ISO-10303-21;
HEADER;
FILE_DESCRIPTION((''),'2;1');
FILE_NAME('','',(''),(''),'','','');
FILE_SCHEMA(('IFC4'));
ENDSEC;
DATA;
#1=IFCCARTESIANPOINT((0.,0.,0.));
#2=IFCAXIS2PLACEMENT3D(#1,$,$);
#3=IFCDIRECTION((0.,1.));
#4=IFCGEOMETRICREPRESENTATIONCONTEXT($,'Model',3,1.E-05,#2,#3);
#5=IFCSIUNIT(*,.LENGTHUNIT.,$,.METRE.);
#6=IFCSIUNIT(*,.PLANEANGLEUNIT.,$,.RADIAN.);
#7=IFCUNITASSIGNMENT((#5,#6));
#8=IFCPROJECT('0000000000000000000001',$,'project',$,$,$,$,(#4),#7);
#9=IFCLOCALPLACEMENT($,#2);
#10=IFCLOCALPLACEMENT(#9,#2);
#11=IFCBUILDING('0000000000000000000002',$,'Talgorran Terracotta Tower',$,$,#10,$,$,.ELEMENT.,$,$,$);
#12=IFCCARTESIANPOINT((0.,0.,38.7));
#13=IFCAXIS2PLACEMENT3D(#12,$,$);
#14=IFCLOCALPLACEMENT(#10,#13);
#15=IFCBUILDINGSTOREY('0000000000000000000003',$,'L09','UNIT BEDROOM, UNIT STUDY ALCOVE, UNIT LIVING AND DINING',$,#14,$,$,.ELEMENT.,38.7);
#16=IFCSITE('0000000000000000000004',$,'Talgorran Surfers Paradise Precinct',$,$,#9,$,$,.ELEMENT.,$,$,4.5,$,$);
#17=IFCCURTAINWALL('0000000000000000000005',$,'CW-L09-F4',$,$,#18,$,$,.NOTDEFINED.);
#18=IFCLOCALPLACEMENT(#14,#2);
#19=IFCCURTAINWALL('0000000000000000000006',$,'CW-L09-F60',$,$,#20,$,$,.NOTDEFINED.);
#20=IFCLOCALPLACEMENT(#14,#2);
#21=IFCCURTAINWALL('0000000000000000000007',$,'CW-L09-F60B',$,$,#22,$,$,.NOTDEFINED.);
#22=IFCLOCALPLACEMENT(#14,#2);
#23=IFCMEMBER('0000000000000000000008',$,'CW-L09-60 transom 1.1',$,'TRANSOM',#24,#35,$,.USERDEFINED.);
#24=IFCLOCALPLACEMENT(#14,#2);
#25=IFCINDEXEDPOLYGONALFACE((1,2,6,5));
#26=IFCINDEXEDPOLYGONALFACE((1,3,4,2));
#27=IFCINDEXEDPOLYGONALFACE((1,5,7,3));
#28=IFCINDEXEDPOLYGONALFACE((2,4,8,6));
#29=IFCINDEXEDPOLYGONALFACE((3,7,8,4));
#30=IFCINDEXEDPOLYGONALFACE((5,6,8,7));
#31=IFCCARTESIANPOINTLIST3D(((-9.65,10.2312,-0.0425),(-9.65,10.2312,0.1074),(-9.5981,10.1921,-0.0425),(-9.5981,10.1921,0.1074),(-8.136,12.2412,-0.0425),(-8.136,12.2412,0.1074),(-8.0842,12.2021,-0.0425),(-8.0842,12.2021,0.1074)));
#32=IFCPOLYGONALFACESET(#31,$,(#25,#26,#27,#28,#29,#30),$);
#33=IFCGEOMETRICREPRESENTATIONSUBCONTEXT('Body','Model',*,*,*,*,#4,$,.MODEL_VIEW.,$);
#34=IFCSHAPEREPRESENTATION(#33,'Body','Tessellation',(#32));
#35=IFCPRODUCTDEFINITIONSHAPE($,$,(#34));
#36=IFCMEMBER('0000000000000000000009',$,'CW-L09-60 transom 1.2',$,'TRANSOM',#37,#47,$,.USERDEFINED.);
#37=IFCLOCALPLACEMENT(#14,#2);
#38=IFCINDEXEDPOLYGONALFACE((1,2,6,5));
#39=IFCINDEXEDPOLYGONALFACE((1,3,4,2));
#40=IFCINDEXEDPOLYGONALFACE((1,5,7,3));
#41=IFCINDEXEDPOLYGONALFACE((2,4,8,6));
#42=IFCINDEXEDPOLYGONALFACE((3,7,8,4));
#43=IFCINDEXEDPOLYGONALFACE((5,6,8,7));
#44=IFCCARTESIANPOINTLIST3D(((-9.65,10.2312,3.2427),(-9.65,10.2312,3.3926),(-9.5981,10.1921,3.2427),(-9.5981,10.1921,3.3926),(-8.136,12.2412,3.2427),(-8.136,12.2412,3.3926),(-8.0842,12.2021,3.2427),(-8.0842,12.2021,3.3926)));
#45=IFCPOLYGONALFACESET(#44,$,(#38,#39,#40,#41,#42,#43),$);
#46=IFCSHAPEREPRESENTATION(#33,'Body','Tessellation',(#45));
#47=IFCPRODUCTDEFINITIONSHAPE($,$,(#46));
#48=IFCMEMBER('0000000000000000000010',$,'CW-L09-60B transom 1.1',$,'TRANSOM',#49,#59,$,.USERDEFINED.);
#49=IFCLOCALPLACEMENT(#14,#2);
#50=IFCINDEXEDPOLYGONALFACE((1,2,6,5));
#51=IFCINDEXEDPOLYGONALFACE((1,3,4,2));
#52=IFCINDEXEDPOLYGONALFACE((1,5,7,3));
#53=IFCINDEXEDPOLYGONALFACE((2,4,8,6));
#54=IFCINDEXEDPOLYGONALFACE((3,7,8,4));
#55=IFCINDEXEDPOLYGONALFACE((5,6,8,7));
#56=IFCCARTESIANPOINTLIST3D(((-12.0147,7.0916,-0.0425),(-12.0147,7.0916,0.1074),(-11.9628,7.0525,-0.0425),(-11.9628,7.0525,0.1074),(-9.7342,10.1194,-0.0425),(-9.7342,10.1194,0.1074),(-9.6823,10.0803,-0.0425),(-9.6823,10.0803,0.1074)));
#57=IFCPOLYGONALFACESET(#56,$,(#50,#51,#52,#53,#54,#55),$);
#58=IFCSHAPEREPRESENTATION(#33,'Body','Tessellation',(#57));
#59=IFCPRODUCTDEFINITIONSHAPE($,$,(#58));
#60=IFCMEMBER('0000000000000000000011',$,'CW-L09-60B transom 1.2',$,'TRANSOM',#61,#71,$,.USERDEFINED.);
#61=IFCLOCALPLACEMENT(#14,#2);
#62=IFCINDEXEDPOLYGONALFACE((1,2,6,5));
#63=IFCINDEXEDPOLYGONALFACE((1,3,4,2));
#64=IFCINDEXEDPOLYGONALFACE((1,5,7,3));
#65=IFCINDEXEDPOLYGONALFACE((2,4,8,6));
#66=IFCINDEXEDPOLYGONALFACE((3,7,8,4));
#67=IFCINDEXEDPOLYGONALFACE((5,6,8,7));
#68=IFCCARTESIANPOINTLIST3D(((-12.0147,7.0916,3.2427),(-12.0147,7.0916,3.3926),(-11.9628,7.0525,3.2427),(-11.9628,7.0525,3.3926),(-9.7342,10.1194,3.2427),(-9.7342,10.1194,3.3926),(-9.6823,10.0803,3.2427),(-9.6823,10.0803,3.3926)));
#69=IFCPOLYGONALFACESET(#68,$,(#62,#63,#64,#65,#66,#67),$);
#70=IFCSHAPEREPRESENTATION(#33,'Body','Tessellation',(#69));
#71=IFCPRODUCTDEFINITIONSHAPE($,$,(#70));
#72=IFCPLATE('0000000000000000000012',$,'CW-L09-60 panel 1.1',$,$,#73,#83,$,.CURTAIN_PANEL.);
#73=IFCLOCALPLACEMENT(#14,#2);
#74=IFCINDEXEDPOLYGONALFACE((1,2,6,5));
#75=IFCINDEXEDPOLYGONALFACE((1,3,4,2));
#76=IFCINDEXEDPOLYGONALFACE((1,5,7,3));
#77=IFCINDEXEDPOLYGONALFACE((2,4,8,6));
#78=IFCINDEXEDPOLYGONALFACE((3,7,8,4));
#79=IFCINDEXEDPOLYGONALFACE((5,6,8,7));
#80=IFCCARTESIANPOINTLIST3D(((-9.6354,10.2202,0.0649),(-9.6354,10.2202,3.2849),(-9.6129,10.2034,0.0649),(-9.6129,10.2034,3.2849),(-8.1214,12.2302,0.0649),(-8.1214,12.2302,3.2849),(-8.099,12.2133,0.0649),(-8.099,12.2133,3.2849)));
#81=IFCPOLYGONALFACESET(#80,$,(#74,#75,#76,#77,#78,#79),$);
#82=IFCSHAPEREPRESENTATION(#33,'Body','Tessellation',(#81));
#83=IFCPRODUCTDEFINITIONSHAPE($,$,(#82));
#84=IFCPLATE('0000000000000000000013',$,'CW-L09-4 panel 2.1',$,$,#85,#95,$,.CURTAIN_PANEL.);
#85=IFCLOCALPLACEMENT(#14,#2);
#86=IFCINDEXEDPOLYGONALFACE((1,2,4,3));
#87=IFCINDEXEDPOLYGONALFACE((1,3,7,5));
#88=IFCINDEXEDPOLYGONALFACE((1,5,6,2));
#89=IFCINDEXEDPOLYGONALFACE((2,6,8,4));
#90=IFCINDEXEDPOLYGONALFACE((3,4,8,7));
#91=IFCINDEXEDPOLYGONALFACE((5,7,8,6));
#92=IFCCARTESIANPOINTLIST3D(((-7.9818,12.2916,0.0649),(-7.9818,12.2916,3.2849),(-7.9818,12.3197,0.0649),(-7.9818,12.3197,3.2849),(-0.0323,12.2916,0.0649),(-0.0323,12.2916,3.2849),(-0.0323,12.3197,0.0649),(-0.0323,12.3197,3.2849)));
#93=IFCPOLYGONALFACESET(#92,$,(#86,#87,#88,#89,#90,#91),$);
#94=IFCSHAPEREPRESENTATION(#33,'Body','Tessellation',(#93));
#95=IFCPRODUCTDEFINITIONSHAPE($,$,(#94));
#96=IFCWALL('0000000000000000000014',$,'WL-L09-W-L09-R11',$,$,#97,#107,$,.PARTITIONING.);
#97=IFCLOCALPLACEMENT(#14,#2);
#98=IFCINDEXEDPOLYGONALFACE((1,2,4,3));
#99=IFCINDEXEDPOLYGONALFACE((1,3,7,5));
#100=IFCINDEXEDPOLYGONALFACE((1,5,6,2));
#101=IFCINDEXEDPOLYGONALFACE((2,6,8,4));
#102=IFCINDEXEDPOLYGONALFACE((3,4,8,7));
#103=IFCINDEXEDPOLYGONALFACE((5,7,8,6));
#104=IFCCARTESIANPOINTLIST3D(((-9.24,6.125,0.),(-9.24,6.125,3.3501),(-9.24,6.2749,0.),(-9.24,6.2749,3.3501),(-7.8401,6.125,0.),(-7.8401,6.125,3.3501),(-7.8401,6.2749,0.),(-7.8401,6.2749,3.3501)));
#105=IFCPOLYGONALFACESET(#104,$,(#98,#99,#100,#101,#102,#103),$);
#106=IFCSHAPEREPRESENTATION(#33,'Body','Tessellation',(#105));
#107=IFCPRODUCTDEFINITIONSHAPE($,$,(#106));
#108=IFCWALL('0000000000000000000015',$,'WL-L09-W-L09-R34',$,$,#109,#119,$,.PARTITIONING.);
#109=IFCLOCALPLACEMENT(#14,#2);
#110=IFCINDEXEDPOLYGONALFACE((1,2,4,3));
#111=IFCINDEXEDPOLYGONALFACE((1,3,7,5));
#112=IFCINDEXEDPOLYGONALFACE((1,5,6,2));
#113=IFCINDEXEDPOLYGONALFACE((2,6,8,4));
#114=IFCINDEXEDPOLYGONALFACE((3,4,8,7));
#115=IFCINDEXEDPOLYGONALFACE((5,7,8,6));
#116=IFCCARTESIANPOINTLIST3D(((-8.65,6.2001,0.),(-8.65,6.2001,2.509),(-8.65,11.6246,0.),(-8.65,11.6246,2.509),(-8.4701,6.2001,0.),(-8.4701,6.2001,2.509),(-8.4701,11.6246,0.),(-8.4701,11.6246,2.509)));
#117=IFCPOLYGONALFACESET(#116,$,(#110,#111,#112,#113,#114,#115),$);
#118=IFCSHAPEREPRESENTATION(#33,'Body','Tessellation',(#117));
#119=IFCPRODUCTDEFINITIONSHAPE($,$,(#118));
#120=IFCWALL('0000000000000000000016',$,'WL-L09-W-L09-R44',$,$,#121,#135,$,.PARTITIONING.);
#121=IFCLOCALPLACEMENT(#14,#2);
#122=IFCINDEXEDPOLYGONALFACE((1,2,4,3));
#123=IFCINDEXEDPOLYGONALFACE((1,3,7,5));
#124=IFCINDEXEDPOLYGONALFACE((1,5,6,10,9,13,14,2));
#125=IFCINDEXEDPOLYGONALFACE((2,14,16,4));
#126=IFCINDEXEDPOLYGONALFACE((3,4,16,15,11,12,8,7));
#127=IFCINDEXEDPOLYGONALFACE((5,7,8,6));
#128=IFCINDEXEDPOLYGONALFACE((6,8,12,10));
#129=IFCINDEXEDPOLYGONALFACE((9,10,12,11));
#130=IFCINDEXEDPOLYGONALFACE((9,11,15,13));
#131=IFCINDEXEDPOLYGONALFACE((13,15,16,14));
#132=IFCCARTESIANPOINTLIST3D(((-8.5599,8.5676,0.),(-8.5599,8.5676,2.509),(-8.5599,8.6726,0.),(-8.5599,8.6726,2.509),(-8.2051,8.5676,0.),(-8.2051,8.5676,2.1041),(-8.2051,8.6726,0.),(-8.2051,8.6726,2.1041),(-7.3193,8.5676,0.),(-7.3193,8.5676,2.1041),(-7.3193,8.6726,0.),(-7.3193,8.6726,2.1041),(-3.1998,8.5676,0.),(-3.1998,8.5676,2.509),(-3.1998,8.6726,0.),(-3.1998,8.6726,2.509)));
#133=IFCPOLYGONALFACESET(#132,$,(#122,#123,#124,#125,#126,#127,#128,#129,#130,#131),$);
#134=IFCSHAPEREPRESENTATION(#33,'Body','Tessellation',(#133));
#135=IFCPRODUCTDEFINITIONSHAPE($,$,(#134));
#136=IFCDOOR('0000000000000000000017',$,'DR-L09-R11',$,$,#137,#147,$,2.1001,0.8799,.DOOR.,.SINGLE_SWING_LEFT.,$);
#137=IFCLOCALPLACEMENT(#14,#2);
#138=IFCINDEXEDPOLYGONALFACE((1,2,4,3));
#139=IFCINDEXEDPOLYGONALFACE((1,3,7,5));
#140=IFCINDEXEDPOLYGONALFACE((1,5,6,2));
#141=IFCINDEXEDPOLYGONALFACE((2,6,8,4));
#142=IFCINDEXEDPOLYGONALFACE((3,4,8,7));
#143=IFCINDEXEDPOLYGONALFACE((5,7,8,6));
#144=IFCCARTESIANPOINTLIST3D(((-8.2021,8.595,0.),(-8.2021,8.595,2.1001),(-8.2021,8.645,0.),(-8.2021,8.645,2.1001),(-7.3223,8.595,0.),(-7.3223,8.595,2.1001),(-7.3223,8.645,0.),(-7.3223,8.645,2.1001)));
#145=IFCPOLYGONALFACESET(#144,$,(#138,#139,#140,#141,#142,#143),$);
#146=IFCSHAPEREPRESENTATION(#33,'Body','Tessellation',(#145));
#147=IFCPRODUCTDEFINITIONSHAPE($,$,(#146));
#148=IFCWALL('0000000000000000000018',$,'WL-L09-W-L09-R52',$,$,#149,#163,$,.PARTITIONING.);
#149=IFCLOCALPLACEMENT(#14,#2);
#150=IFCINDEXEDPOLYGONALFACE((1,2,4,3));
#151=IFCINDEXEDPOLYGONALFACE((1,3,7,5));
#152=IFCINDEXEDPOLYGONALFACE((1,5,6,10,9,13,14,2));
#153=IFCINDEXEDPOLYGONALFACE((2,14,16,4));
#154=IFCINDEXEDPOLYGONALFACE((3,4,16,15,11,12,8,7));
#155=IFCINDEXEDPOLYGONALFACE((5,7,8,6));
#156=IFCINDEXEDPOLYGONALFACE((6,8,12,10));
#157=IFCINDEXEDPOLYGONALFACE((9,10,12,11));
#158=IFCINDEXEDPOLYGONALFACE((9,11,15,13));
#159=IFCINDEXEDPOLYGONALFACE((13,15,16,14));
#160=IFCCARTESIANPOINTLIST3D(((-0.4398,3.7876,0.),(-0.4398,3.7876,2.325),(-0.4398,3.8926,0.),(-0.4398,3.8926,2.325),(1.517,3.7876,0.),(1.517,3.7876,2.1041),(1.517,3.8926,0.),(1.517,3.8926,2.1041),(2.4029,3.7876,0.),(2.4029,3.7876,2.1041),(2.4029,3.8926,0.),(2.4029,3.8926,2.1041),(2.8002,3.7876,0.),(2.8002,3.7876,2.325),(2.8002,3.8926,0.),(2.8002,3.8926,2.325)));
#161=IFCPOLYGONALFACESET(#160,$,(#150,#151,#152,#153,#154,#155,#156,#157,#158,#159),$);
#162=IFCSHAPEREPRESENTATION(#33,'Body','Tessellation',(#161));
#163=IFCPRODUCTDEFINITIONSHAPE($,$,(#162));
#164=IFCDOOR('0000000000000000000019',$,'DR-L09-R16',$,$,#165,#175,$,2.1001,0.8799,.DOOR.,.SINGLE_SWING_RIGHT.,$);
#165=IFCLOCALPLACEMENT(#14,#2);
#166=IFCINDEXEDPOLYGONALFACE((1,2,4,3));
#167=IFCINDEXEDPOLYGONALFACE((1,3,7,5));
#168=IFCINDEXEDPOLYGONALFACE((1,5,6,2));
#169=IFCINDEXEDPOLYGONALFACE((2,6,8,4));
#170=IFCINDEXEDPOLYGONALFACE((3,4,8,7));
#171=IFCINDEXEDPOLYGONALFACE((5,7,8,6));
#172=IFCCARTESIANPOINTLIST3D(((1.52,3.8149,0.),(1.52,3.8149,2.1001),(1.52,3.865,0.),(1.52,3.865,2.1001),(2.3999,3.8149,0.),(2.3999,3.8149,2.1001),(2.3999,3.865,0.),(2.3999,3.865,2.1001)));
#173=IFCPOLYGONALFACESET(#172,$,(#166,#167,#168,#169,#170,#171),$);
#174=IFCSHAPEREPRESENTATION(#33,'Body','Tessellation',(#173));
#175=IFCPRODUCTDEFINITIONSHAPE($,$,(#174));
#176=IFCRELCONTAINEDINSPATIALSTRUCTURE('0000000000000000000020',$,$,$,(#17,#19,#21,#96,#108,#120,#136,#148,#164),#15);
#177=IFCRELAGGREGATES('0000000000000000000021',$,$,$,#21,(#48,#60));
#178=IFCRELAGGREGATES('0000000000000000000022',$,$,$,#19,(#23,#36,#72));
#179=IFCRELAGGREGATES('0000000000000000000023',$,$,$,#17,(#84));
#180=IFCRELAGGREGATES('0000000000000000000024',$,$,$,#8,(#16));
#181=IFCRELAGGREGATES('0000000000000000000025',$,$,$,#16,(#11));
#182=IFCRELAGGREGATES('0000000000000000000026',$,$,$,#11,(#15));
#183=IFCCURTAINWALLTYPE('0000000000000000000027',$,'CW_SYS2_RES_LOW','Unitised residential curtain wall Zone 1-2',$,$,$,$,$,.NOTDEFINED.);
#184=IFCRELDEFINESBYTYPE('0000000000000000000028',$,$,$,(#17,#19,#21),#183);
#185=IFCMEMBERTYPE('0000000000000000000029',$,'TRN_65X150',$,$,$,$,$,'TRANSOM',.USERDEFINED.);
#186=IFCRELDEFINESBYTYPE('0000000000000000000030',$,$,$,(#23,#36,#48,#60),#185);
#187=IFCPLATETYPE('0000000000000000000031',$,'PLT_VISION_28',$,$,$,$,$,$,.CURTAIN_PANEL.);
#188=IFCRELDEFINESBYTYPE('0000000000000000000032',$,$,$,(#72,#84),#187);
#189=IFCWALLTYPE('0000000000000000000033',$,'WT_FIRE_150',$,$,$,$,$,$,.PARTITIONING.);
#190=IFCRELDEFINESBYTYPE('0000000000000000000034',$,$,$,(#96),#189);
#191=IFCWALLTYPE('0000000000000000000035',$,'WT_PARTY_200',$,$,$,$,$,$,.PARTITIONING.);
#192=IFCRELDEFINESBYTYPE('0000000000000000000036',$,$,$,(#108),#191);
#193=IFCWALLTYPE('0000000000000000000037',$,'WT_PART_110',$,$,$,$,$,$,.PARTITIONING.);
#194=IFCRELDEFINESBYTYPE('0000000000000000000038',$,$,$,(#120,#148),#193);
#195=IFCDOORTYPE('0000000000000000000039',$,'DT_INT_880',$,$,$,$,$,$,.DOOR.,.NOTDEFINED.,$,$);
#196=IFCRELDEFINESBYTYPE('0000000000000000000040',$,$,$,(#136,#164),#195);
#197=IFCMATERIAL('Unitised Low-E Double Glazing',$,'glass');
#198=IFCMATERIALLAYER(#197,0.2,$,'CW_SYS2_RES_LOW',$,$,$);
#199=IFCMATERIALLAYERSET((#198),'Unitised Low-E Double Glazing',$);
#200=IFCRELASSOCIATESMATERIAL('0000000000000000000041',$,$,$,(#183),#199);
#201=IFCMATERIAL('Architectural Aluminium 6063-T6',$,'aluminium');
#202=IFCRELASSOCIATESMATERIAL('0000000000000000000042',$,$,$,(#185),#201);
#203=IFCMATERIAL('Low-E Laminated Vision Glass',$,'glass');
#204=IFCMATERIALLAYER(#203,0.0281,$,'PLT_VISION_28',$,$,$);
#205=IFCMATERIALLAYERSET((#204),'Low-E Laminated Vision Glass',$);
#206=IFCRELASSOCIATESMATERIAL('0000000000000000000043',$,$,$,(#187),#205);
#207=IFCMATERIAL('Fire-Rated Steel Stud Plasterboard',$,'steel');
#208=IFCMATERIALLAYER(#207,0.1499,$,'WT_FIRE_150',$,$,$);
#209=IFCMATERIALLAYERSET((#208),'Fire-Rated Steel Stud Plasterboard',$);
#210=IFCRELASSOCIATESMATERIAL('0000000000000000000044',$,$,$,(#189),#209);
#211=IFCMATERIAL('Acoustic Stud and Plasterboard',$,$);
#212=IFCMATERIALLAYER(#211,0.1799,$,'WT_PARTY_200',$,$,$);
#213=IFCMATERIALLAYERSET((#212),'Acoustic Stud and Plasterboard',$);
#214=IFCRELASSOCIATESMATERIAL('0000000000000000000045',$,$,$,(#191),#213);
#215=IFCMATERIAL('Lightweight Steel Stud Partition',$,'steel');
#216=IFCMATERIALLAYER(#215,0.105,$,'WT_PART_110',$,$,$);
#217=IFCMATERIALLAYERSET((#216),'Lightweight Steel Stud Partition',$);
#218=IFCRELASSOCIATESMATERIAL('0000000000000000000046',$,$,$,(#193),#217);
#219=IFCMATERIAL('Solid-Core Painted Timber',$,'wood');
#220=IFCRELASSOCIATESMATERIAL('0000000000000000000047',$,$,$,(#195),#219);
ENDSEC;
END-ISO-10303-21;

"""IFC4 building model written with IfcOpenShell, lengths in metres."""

from ifc_helpers import new_model, si_unit, direction, frame, frame_2d, origin, origin_2d, place, context, subcontext, project, spatial, rectangle, extrude, source, transform, mapped, material, layer, layer_set, material_profile, profile_set, type_object, type_shapes, element, fill, aggregate, save


model = new_model("IFC4")

# Units and contexts
model_context = context("Model", 3, precision=1e-05, world=origin(), true_north=direction((0.0, 1.0)))
body_context = subcontext(model_context, "Body", "Model", "MODEL_VIEW")
ifc_project = project(units=[si_unit("LENGTHUNIT", "METRE"), si_unit("PLANEANGLEUNIT", "RADIAN")], contexts=[model_context])

# Site, building, storey
site_placement = place(None, origin())
site = spatial("IfcSite", under=ifc_project, at=site_placement, Name="Talgorran Surfers Paradise Precinct", CompositionType="ELEMENT", RefElevation=4.5)
building_placement = place(site_placement, origin())
building = spatial("IfcBuilding", under=site, at=building_placement, Name="Talgorran Terracotta Tower", CompositionType="ELEMENT")
storey_placement = place(building_placement, frame((0.0, 0.0, 38.7)))
storey = spatial("IfcBuildingStorey", under=building, at=storey_placement, Name="L09", Description="UNIT BEDROOM, UNIT STUDY ALCOVE, UNIT LIVING AND DINING", CompositionType="ELEMENT", Elevation=38.7)

# Curtain wall
ifc_material_1 = material(Name="Unitised Low-E Double Glazing", Category="glass")
ifc_layer_1 = layer(ifc_material_1, 0.2, Name="CW_SYS2_RES_LOW")
ifc_layer_set_1 = layer_set([ifc_layer_1], Name="Unitised Low-E Double Glazing")
curtain_wall_type = type_object("IfcCurtainWallType", Name="CW_SYS2_RES_LOW", Description="Unitised residential curtain wall Zone 1-2", PredefinedType="NOTDEFINED", material=ifc_layer_set_1)
curtain_wall_1_placement = place(storey_placement, origin())
curtain_wall_1 = element("IfcCurtainWall", 1, at=curtain_wall_1_placement, inside=storey, type_object=curtain_wall_type, Name="CW-L09-F4", PredefinedType="NOTDEFINED")
ifc_material_2 = material(Name="Architectural Aluminium 6063-T6", Category="aluminium")

# Curtain wall
curtain_wall_2_placement = place(storey_placement, origin())
curtain_wall_2 = element("IfcCurtainWall", 2, at=curtain_wall_2_placement, inside=storey, type_object=curtain_wall_type, Name="CW-L09-F60", PredefinedType="NOTDEFINED")

# Curtain wall
curtain_wall_3_placement = place(storey_placement, origin())
curtain_wall_3 = element("IfcCurtainWall", 3, at=curtain_wall_3_placement, inside=storey, type_object=curtain_wall_type, Name="CW-L09-F60B", PredefinedType="NOTDEFINED")

# Members
ifc_material_profile_1 = material_profile(ifc_material_2, rectangle(XDim=0.0649, YDim=0.1499, at=origin_2d()), Name="CWT65X150")
ifc_profile_set_1 = profile_set([ifc_material_profile_1], Name="Architectural Aluminium 6063-T6")
member_type_1 = type_object("IfcMemberType", Name="TRN_65X150", ElementType="TRANSOM", PredefinedType="USERDEFINED", material=ifc_profile_set_1)
member_1_placement = place(storey_placement, frame((-8.1101, 12.2217, 0.0325), z_axis=(-0.601629, -0.798776, 0.0), x_axis=(0.798776, -0.601629, 0.0)))
member_1 = element("IfcMember", 4, at=member_1_placement, type_object=member_type_1, Name="CW-L09-60 transom 1.1", ObjectType="TRANSOM", PredefinedType="USERDEFINED", context=body_context, shape_type="SweptSolid", body=[
    extrude(rectangle(XDim=0.0649, YDim=0.1499, at=origin_2d()), origin(), (0.0, 0.0, 1.0), 2.5164),
])
member_2_placement = place(storey_placement, frame((-8.1101, 12.2217, 3.3176), z_axis=(-0.601629, -0.798776, 0.0), x_axis=(0.798776, -0.601629, 0.0)))
member_2 = element("IfcMember", 5, at=member_2_placement, type_object=member_type_1, Name="CW-L09-60 transom 1.2", ObjectType="TRANSOM", PredefinedType="USERDEFINED", context=body_context, shape_type="SweptSolid", body=[
    extrude(rectangle(XDim=0.0649, YDim=0.1499, at=origin_2d()), origin(), (0.0, 0.0, 1.0), 2.5164),
])
member_3_placement = place(storey_placement, frame((-9.7083, 10.0999, 0.0325), z_axis=(-0.601627, -0.798777, 0.0), x_axis=(0.798777, -0.601627, 0.0)))
member_3 = element("IfcMember", 6, at=member_3_placement, type_object=member_type_1, Name="CW-L09-60B transom 1.1", ObjectType="TRANSOM", PredefinedType="USERDEFINED", context=body_context, shape_type="SweptSolid", body=[
    extrude(rectangle(XDim=0.0649, YDim=0.1499, at=origin_2d()), origin(), (0.0, 0.0, 1.0), 3.7905),
])
member_4_placement = place(storey_placement, frame((-9.7083, 10.0999, 3.3176), z_axis=(-0.601627, -0.798777, 0.0), x_axis=(0.798777, -0.601627, 0.0)))
member_4 = element("IfcMember", 7, at=member_4_placement, type_object=member_type_1, Name="CW-L09-60B transom 1.2", ObjectType="TRANSOM", PredefinedType="USERDEFINED", context=body_context, shape_type="SweptSolid", body=[
    extrude(rectangle(XDim=0.0649, YDim=0.1499, at=origin_2d()), origin(), (0.0, 0.0, 1.0), 3.7905),
])
aggregate(curtain_wall_3, [member_3, member_4])

# Plates
ifc_material_3 = material(Name="Low-E Laminated Vision Glass", Category="glass")
ifc_layer_2 = layer(ifc_material_3, 0.0281, Name="PLT_VISION_28")
ifc_layer_set_2 = layer_set([ifc_layer_2], Name="Low-E Laminated Vision Glass")
plate_type = type_object("IfcPlateType", Name="PLT_VISION_28", PredefinedType="CURTAIN_PANEL", material=ifc_layer_set_2)
shared_shape_1 = source(origin(), body_context, "Body", "SweptSolid", [
    extrude(rectangle(XDim=2.5164, YDim=0.0281, at=origin_2d()), origin(), (0.0, 0.0, 1.0), 3.22),
])
plate_1_placement = place(storey_placement, frame((-8.8672, 11.2168, 0.0649), z_axis=(0.0, 0.0, 1.0), x_axis=(-0.601637, -0.79877, 0.0)))
plate_1 = element("IfcPlate", 8, at=plate_1_placement, type_object=plate_type, Name="CW-L09-60 panel 1.1", PredefinedType="CURTAIN_PANEL", context=body_context, shape_type="MappedRepresentation", body=[
    mapped(shared_shape_1, transform((0.0, 0.0, 0.0), scale=1.0)),
])
aggregate(curtain_wall_2, [member_1, member_2, plate_1])
shared_shape_2 = source(origin(), body_context, "Body", "SweptSolid", [
    extrude(rectangle(XDim=7.9495, YDim=0.0281, at=origin_2d()), origin(), (0.0, 0.0, 1.0), 3.22),
])
type_shapes(plate_type, [shared_shape_1, shared_shape_2])
plate_2_placement = place(storey_placement, frame((-4.0071, 12.3057, 0.0649), z_axis=(0.0, 0.0, 1.0), x_axis=(-1.0, 0.0, 0.0)))
plate_2 = element("IfcPlate", 9, at=plate_2_placement, type_object=plate_type, Name="CW-L09-4 panel 2.1", PredefinedType="CURTAIN_PANEL", context=body_context, shape_type="MappedRepresentation", body=[
    mapped(shared_shape_2, transform((0.0, 0.0, 0.0), scale=1.0)),
])
aggregate(curtain_wall_1, [plate_2])

# Walls
ifc_material_4 = material(Name="Fire-Rated Steel Stud Plasterboard", Category="steel")
ifc_layer_3 = layer(ifc_material_4, 0.1499, Name="WT_FIRE_150")
ifc_layer_set_3 = layer_set([ifc_layer_3], Name="Fire-Rated Steel Stud Plasterboard")
wall_type_1 = type_object("IfcWallType", Name="WT_FIRE_150", PredefinedType="PARTITIONING", material=ifc_layer_set_3)
wall_1_placement = place(storey_placement, frame((-9.24, 6.2, 0.0), z_axis=(0.0, 0.0, 1.0), x_axis=(1.0, 0.0, 0.0)))
element("IfcWall", 10, at=wall_1_placement, inside=storey, type_object=wall_type_1, Name="WL-L09-W-L09-R11", PredefinedType="PARTITIONING", context=body_context, shape_type="SweptSolid", body=[
    extrude(rectangle(XDim=1.3999, YDim=0.1499, at=frame_2d((0.7, 0.0))), origin(), (0.0, 0.0, 1.0), 3.3501),
])
ifc_material_5 = material(Name="Acoustic Stud and Plasterboard")
ifc_layer_4 = layer(ifc_material_5, 0.1799, Name="WT_PARTY_200")
ifc_layer_set_4 = layer_set([ifc_layer_4], Name="Acoustic Stud and Plasterboard")
wall_type_2 = type_object("IfcWallType", Name="WT_PARTY_200", PredefinedType="PARTITIONING", material=ifc_layer_set_4)
wall_2_placement = place(storey_placement, frame((-8.5601, 6.2, 0.0), z_axis=(0.0, 0.0, 1.0), x_axis=(0.0, 1.0, 0.0)))
element("IfcWall", 11, at=wall_2_placement, inside=storey, type_object=wall_type_2, Name="WL-L09-W-L09-R34", PredefinedType="PARTITIONING", context=body_context, shape_type="SweptSolid", body=[
    extrude(rectangle(XDim=5.4246, YDim=0.1799, at=frame_2d((2.7124, 0.0))), origin(), (0.0, 0.0, 1.0), 2.509),
])

# Walls, openings, doors
ifc_material_6 = material(Name="Lightweight Steel Stud Partition", Category="steel")
ifc_layer_5 = layer(ifc_material_6, 0.105, Name="WT_PART_110")
ifc_layer_set_5 = layer_set([ifc_layer_5], Name="Lightweight Steel Stud Partition")
wall_type_3 = type_object("IfcWallType", Name="WT_PART_110", PredefinedType="PARTITIONING", material=ifc_layer_set_5)
wall_3_placement = place(storey_placement, frame((-8.5601, 8.6201, 0.0), z_axis=(0.0, 0.0, 1.0), x_axis=(1.0, 0.0, 0.0)))
wall_3 = element("IfcWall", 12, at=wall_3_placement, inside=storey, type_object=wall_type_3, Name="WL-L09-W-L09-R44", PredefinedType="PARTITIONING", context=body_context, shape_type="SweptSolid", body=[
    extrude(rectangle(XDim=5.3601, YDim=0.105, at=frame_2d((2.6802, 0.0))), origin(), (0.0, 0.0, 1.0), 2.509),
])
opening_1_placement = place(wall_3_placement, frame((0.3579, 0.0, 0.0)))
opening_1 = element("IfcOpeningElement", 13, at=opening_1_placement, cuts=wall_3, PredefinedType="OPENING", context=body_context, shape_type="SweptSolid", body=[
    extrude(rectangle(XDim=0.8859, YDim=2.1041, at=frame_2d((0.4399, 1.052))), frame((0.0, 0.0625, 0.0), z_axis=(0.0, -1.0, 0.0), x_axis=(1.0, 0.0, 0.0)), (0.0, 0.0, 1.0), 0.125),
])
ifc_material_7 = material(Name="Solid-Core Painted Timber", Category="wood")
door_type = type_object("IfcDoorType", Name="DT_INT_880", OperationType="NOTDEFINED", PredefinedType="DOOR", material=ifc_material_7)
door_1_placement = place(opening_1_placement, origin())
door_1 = element("IfcDoor", 14, at=door_1_placement, inside=storey, type_object=door_type, Name="DR-L09-R11", OperationType="SINGLE_SWING_LEFT", OverallHeight=2.1001, OverallWidth=0.8799, PredefinedType="DOOR", context=body_context, shape_type="SweptSolid", body=[
    extrude(rectangle(XDim=0.8799, YDim=2.1001, at=frame_2d((0.4399, 1.05))), frame((0.0, 0.0249, 0.0), z_axis=(0.0, -1.0, 0.0), x_axis=(1.0, 0.0, 0.0)), (0.0, 0.0, 1.0), 0.05),
])
fill(opening_1, door_1)
wall_4_placement = place(storey_placement, frame((-0.4399, 3.8401, 0.0), z_axis=(0.0, 0.0, 1.0), x_axis=(1.0, 0.0, 0.0)))
wall_4 = element("IfcWall", 15, at=wall_4_placement, inside=storey, type_object=wall_type_3, Name="WL-L09-W-L09-R52", PredefinedType="PARTITIONING", context=body_context, shape_type="SweptSolid", body=[
    extrude(rectangle(XDim=3.24, YDim=0.105, at=frame_2d((1.6201, 0.0))), origin(), (0.0, 0.0, 1.0), 2.325),
])
opening_2_placement = place(wall_4_placement, frame((1.96, 0.0, 0.0)))
opening_2 = element("IfcOpeningElement", 16, at=opening_2_placement, cuts=wall_4, PredefinedType="OPENING", context=body_context, shape_type="SweptSolid", body=[
    extrude(rectangle(XDim=0.8859, YDim=2.1041, at=frame_2d((0.4399, 1.052))), frame((0.0, 0.0625, 0.0), z_axis=(0.0, -1.0, 0.0), x_axis=(1.0, 0.0, 0.0)), (0.0, 0.0, 1.0), 0.125),
])
door_2_placement = place(opening_2_placement, origin())
door_2 = element("IfcDoor", 17, at=door_2_placement, inside=storey, type_object=door_type, Name="DR-L09-R16", OperationType="SINGLE_SWING_RIGHT", OverallHeight=2.1001, OverallWidth=0.8799, PredefinedType="DOOR", context=body_context, shape_type="SweptSolid", body=[
    extrude(rectangle(XDim=0.8799, YDim=2.1001, at=frame_2d((0.4399, 1.05))), frame((0.0, 0.0249, 0.0), z_axis=(0.0, -1.0, 0.0), x_axis=(1.0, 0.0, 0.0)), (0.0, 0.0, 1.0), 0.05),
])
fill(opening_2, door_2)

save(model, "model.ifc")
